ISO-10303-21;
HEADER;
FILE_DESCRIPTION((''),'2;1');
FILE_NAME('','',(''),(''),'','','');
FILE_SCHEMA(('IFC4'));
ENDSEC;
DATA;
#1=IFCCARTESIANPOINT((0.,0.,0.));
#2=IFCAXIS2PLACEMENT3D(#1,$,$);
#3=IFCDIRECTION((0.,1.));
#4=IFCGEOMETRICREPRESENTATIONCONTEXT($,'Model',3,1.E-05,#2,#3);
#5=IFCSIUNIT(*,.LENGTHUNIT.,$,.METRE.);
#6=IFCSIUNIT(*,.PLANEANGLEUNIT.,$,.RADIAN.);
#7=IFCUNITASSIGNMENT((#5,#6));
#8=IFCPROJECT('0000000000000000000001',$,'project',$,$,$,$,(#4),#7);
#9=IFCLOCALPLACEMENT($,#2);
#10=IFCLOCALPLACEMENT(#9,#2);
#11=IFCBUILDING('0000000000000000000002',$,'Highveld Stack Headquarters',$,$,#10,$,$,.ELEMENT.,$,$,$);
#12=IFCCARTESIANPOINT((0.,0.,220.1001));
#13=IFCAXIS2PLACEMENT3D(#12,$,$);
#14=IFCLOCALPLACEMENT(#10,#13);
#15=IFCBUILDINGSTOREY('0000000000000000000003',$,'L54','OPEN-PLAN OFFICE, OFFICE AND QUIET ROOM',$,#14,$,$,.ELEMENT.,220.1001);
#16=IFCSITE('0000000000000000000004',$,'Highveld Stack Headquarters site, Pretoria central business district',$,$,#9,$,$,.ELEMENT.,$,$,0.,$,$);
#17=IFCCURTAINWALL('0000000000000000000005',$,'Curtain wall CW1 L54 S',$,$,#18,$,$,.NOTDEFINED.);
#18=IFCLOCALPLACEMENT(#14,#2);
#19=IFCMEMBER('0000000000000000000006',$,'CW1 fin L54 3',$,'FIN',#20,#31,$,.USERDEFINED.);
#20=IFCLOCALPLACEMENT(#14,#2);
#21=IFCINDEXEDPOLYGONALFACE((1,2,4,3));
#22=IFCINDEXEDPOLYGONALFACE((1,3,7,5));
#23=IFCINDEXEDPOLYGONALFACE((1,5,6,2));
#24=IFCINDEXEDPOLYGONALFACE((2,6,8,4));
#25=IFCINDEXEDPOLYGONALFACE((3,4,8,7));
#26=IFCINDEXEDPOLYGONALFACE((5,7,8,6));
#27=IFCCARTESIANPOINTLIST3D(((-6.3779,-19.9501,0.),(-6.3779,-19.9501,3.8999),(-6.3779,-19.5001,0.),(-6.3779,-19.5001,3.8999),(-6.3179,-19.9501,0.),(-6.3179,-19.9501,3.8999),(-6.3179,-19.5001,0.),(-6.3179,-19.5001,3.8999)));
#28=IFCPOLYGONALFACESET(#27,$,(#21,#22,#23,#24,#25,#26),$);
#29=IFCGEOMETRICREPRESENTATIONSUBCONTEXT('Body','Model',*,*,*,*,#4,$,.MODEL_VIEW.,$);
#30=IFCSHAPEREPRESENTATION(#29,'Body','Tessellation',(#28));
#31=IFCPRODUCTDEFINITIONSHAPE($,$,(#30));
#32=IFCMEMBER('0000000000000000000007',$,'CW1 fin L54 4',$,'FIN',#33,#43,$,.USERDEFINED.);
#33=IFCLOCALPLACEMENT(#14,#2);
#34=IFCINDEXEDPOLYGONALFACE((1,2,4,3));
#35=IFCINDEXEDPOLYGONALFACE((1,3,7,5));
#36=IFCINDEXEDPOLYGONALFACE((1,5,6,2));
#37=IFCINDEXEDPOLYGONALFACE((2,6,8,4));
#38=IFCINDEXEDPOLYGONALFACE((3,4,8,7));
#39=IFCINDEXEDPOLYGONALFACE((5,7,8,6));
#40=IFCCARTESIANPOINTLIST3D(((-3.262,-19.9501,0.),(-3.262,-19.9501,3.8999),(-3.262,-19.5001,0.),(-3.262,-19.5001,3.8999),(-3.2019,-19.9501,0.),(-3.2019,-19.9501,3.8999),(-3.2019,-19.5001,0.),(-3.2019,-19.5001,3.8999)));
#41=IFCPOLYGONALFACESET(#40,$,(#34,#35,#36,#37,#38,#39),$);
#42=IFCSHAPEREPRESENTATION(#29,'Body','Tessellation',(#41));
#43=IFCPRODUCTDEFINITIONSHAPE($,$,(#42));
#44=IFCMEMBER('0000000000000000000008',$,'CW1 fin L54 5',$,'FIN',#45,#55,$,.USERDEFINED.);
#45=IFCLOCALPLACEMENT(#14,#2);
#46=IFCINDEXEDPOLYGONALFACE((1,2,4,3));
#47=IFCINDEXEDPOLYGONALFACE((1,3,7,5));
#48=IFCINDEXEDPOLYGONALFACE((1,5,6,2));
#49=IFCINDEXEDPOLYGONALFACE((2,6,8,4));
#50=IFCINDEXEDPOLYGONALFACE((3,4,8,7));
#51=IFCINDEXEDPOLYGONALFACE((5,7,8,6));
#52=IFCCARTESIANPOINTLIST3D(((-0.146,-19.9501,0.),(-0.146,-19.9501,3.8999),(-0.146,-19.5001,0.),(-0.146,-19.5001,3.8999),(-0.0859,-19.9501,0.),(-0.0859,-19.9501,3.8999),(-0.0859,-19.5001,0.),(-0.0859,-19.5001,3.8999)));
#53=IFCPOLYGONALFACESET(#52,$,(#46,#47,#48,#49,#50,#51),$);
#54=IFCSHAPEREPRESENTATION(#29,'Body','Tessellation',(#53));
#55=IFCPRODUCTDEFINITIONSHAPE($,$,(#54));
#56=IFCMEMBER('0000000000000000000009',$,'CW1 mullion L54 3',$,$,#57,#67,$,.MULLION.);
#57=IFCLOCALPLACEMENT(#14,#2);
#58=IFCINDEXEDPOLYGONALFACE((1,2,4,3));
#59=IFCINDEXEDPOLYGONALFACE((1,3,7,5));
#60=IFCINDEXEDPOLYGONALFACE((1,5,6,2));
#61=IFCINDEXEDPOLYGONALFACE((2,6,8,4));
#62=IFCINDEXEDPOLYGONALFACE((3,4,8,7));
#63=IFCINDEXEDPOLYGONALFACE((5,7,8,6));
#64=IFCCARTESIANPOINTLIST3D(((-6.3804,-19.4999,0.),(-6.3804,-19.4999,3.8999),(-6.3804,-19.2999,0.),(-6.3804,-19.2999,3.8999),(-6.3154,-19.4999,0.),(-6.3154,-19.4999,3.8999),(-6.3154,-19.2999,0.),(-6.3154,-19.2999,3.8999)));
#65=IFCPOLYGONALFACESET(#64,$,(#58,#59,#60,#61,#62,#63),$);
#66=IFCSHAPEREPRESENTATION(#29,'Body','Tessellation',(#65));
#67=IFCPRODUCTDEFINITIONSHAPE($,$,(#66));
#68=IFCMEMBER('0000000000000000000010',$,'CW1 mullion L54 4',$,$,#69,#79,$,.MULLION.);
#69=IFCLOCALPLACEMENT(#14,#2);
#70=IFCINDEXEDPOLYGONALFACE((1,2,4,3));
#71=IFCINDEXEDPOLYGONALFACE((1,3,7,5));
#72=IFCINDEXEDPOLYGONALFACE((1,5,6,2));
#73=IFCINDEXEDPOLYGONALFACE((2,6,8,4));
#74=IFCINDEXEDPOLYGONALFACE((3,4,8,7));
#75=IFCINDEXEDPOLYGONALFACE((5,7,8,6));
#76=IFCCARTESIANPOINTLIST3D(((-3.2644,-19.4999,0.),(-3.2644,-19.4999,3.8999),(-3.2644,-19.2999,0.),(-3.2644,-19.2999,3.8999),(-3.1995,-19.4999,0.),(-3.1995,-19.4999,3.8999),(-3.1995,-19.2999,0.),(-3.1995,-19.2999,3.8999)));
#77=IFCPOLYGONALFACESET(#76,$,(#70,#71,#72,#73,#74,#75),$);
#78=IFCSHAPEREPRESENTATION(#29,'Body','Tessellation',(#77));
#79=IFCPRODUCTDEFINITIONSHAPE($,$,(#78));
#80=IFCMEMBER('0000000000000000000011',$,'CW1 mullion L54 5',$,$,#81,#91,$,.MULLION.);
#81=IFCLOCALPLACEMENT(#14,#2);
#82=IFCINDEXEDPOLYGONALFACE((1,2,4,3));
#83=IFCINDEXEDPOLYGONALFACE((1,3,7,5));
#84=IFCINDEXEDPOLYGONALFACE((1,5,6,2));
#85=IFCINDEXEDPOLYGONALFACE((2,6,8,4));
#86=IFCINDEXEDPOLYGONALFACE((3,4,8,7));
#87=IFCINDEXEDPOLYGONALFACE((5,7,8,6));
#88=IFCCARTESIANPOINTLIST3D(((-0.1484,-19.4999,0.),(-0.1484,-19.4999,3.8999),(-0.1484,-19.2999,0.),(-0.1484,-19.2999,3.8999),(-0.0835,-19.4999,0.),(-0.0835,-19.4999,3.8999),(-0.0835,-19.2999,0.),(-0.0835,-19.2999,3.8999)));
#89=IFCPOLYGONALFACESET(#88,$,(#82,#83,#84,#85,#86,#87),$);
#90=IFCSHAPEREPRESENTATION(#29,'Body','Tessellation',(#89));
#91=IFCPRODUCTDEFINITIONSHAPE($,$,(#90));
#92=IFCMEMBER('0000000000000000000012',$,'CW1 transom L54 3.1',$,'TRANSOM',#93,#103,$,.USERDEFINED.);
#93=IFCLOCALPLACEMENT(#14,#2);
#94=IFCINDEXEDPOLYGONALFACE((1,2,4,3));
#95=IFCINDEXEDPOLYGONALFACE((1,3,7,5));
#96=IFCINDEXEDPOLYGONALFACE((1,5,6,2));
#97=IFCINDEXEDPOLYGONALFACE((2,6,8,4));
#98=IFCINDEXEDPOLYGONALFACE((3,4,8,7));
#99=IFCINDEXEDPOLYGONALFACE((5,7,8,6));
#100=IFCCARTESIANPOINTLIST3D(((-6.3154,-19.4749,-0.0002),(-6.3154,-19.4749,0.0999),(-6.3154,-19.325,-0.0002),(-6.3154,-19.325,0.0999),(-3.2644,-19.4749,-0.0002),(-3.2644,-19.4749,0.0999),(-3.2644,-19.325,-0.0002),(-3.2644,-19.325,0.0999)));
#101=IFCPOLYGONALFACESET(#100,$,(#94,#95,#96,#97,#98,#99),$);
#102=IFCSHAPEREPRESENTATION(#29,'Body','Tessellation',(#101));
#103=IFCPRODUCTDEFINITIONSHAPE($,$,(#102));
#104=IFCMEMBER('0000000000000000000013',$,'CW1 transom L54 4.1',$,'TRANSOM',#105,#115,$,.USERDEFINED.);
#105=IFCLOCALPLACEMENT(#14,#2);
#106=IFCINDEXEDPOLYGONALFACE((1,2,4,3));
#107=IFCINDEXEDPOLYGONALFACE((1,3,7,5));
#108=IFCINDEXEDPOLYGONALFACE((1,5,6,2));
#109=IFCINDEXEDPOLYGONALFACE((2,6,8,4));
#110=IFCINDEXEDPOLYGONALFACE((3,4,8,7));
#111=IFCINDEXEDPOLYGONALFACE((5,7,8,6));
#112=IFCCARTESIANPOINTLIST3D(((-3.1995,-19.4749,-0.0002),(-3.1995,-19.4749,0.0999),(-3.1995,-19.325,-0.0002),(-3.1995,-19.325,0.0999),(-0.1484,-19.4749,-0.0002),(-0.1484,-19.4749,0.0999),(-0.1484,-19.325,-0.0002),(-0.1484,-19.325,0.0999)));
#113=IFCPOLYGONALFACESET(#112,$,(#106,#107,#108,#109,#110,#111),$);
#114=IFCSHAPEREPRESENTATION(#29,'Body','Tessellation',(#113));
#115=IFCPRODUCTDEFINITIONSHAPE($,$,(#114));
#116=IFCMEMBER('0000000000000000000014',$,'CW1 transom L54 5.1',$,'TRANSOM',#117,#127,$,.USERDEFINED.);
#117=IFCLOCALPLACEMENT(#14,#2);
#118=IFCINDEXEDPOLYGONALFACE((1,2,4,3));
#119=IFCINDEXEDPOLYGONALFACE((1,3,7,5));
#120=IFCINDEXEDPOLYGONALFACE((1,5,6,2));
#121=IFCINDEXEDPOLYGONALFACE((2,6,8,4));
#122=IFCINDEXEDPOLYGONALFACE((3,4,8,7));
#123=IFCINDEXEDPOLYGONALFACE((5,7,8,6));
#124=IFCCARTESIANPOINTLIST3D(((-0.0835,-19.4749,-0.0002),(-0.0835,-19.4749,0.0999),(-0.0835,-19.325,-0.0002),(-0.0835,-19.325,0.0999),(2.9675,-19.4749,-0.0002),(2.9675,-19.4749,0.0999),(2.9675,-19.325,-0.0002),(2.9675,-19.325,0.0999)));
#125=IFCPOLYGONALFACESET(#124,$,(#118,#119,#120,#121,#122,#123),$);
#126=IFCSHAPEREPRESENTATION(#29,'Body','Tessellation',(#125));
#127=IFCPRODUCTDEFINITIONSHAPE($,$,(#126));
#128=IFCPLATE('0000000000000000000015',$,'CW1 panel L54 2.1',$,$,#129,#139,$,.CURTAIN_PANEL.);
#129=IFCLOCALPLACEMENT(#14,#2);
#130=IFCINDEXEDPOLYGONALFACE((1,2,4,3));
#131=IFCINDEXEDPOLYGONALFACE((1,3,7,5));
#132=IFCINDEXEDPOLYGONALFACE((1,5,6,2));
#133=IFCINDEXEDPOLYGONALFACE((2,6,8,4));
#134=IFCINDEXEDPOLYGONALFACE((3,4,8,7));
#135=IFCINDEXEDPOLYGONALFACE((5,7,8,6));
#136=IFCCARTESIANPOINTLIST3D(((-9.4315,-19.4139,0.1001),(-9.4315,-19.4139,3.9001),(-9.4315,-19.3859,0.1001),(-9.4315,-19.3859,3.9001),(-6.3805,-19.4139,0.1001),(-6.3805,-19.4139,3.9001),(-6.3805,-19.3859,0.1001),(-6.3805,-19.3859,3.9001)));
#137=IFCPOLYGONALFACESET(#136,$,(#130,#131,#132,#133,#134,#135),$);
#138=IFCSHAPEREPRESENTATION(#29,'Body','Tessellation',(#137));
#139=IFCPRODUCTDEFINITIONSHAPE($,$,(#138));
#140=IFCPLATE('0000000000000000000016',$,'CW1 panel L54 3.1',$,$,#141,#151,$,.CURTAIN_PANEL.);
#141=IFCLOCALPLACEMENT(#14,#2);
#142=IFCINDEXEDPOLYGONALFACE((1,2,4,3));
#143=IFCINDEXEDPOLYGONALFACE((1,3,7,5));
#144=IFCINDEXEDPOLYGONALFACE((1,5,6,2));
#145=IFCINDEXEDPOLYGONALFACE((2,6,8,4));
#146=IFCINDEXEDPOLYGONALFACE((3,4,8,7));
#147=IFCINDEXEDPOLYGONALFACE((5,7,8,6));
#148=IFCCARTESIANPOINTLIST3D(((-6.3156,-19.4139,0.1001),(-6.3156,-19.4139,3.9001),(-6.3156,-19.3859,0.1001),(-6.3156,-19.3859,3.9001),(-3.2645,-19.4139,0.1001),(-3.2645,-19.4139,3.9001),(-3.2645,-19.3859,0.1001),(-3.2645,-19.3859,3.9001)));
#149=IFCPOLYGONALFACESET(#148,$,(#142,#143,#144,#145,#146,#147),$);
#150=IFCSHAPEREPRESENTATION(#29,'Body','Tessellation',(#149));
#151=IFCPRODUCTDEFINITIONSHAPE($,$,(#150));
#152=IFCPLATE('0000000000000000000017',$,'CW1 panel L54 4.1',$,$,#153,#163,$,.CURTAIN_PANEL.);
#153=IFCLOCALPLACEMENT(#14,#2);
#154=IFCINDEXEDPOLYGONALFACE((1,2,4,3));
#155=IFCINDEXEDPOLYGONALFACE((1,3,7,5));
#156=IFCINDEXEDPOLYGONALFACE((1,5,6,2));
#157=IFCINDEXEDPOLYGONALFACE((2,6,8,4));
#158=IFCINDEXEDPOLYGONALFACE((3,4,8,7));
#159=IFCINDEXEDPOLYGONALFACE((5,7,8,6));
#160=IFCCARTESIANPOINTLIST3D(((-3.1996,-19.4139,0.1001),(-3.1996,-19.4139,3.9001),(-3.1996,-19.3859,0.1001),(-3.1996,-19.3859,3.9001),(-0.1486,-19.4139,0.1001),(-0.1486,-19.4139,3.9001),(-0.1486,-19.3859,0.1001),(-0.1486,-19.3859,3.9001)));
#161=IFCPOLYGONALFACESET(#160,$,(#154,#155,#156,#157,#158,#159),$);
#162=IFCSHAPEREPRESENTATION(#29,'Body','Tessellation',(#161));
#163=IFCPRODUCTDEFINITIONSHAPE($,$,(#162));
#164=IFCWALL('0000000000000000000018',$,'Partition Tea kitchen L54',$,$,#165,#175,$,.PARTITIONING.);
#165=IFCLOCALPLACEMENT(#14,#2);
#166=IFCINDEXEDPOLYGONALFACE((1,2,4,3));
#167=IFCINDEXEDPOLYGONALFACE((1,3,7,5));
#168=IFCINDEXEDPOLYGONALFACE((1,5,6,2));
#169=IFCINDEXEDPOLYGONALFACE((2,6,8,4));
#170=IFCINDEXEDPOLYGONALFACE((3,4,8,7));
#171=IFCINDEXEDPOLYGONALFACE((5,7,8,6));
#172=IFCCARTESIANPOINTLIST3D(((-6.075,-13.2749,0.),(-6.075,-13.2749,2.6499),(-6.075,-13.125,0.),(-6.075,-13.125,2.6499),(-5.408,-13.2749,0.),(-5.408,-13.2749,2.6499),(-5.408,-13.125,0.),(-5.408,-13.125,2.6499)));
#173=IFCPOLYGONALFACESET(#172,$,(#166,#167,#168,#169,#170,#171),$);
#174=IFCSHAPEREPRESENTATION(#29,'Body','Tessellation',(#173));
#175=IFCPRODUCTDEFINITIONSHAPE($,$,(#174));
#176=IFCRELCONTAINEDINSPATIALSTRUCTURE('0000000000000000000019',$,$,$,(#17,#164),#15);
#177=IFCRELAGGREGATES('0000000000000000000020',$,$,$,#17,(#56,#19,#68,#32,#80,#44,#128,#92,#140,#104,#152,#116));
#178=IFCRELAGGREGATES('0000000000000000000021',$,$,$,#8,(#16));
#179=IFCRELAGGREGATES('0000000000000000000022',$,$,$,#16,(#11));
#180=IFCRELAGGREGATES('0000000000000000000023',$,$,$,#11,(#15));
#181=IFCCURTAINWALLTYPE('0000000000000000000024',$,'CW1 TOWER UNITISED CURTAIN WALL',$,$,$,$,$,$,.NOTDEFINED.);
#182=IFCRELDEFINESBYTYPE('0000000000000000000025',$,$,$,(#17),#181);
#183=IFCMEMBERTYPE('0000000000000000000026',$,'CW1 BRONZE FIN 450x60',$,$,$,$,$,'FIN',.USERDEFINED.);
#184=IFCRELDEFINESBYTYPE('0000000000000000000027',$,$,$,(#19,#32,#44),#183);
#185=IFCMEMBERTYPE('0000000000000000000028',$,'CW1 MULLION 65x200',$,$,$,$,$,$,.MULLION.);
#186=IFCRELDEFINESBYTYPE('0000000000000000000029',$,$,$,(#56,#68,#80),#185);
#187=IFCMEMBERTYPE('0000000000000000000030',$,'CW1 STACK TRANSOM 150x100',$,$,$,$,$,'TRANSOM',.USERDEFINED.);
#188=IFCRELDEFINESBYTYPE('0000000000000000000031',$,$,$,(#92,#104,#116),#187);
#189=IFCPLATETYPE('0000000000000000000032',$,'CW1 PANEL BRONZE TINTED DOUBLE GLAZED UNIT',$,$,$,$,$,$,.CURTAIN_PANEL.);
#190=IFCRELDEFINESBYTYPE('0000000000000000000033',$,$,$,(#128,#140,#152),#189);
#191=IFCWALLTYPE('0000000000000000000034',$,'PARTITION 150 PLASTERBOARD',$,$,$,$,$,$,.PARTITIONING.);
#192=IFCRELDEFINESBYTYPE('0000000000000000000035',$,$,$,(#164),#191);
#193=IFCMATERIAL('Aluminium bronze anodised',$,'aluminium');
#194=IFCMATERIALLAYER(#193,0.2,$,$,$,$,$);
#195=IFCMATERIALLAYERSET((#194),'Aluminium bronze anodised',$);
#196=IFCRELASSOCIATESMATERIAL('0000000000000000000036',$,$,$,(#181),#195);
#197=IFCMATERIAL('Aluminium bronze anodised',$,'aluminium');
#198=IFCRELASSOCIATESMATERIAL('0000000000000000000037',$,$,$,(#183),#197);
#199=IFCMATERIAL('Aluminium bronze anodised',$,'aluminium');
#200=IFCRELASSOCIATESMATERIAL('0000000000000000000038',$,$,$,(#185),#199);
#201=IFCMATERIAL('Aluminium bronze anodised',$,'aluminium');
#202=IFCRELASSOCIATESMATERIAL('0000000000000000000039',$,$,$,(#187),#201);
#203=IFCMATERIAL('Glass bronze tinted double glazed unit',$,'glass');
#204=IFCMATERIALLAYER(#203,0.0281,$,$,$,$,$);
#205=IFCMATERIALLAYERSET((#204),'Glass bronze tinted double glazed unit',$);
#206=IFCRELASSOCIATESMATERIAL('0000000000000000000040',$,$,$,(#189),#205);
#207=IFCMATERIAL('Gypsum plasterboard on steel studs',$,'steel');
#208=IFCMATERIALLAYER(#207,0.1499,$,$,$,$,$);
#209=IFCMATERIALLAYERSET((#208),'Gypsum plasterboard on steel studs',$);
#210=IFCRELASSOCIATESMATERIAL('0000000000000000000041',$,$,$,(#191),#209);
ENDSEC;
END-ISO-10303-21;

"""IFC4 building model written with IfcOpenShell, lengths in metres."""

from ifc_helpers import new_model, si_unit, direction, frame, frame_2d, origin, origin_2d, place, context, subcontext, project, spatial, rectangle, extrude, material, layer, layer_set, material_profile, profile_set, type_object, element, aggregate, save


model = new_model("IFC4")

# Units and contexts
model_context = context("Model", 3, precision=1e-05, world=origin(), true_north=direction((0.0, 1.0)))
body_context = subcontext(model_context, "Body", "Model", "MODEL_VIEW")
ifc_project = project(units=[si_unit("LENGTHUNIT", "METRE"), si_unit("PLANEANGLEUNIT", "RADIAN")], contexts=[model_context])

# Site, building, storey
site_placement = place(None, origin())
site = spatial("IfcSite", under=ifc_project, at=site_placement, Name="Highveld Stack Headquarters site, Pretoria central business district", CompositionType="ELEMENT", RefElevation=0.0)
building_placement = place(site_placement, origin())
building = spatial("IfcBuilding", under=site, at=building_placement, Name="Highveld Stack Headquarters", CompositionType="ELEMENT")
storey_placement = place(building_placement, frame((0.0, 0.0, 220.1001)))
storey = spatial("IfcBuildingStorey", under=building, at=storey_placement, Name="L54", Description="OPEN-PLAN OFFICE, OFFICE AND QUIET ROOM", CompositionType="ELEMENT", Elevation=220.1001)

# Curtain wall, members, plates
ifc_material_1 = material(Name="Aluminium bronze anodised", Category="aluminium")
ifc_layer_1 = layer(ifc_material_1, 0.2)
ifc_layer_set_1 = layer_set([ifc_layer_1], Name="Aluminium bronze anodised")
curtain_wall_type = type_object("IfcCurtainWallType", Name="CW1 TOWER UNITISED CURTAIN WALL", PredefinedType="NOTDEFINED", material=ifc_layer_set_1)
curtain_wall_placement = place(storey_placement, origin())
curtain_wall = element("IfcCurtainWall", 1, at=curtain_wall_placement, inside=storey, type_object=curtain_wall_type, Name="Curtain wall CW1 L54 S", PredefinedType="NOTDEFINED")
ifc_material_2 = material(Name="Aluminium bronze anodised", Category="aluminium")
ifc_material_profile_1 = material_profile(ifc_material_2, rectangle(XDim=0.45, YDim=0.0601, at=origin_2d()), Name="FIN 450x60")
ifc_profile_set_1 = profile_set([ifc_material_profile_1], Name="Aluminium bronze anodised")
member_type_1 = type_object("IfcMemberType", Name="CW1 BRONZE FIN 450x60", ElementType="FIN", PredefinedType="USERDEFINED", material=ifc_profile_set_1)
member_1_placement = place(storey_placement, frame((-6.3479, -19.7251, 0.0), z_axis=(0.0, 0.0, 1.0), x_axis=(0.0, 1.0, 0.0)))
member_1 = element("IfcMember", 2, at=member_1_placement, type_object=member_type_1, Name="CW1 fin L54 3", ObjectType="FIN", PredefinedType="USERDEFINED", context=body_context, shape_type="SweptSolid", body=[
    extrude(rectangle(XDim=0.45, YDim=0.0601, at=origin_2d()), origin(), (0.0, 0.0, 1.0), 3.8999),
])
member_2_placement = place(storey_placement, frame((-3.2319, -19.7251, 0.0), z_axis=(0.0, 0.0, 1.0), x_axis=(0.0, 1.0, 0.0)))
member_2 = element("IfcMember", 3, at=member_2_placement, type_object=member_type_1, Name="CW1 fin L54 4", ObjectType="FIN", PredefinedType="USERDEFINED", context=body_context, shape_type="SweptSolid", body=[
    extrude(rectangle(XDim=0.45, YDim=0.0601, at=origin_2d()), origin(), (0.0, 0.0, 1.0), 3.8999),
])
member_3_placement = place(storey_placement, frame((-0.116, -19.7251, 0.0), z_axis=(0.0, 0.0, 1.0), x_axis=(0.0, 1.0, 0.0)))
member_3 = element("IfcMember", 4, at=member_3_placement, type_object=member_type_1, Name="CW1 fin L54 5", ObjectType="FIN", PredefinedType="USERDEFINED", context=body_context, shape_type="SweptSolid", body=[
    extrude(rectangle(XDim=0.45, YDim=0.0601, at=origin_2d()), origin(), (0.0, 0.0, 1.0), 3.8999),
])
ifc_material_3 = material(Name="Aluminium bronze anodised", Category="aluminium")
ifc_material_profile_2 = material_profile(ifc_material_3, rectangle(XDim=0.2, YDim=0.0649, at=origin_2d()), Name="CW1 MULLION 65x200")
ifc_profile_set_2 = profile_set([ifc_material_profile_2], Name="Aluminium bronze anodised")
member_type_2 = type_object("IfcMemberType", Name="CW1 MULLION 65x200", PredefinedType="MULLION", material=ifc_profile_set_2)
member_4_placement = place(storey_placement, frame((-6.3479, -19.3999, 0.0), z_axis=(0.0, 0.0, 1.0), x_axis=(0.0, 1.0, 0.0)))
member_4 = element("IfcMember", 5, at=member_4_placement, type_object=member_type_2, Name="CW1 mullion L54 3", PredefinedType="MULLION", context=body_context, shape_type="SweptSolid", body=[
    extrude(rectangle(XDim=0.2, YDim=0.0649, at=origin_2d()), origin(), (0.0, 0.0, 1.0), 3.8999),
])
member_5_placement = place(storey_placement, frame((-3.2319, -19.3999, 0.0), z_axis=(0.0, 0.0, 1.0), x_axis=(0.0, 1.0, 0.0)))
member_5 = element("IfcMember", 6, at=member_5_placement, type_object=member_type_2, Name="CW1 mullion L54 4", PredefinedType="MULLION", context=body_context, shape_type="SweptSolid", body=[
    extrude(rectangle(XDim=0.2, YDim=0.0649, at=origin_2d()), origin(), (0.0, 0.0, 1.0), 3.8999),
])
member_6_placement = place(storey_placement, frame((-0.116, -19.3999, 0.0), z_axis=(0.0, 0.0, 1.0), x_axis=(0.0, 1.0, 0.0)))
member_6 = element("IfcMember", 7, at=member_6_placement, type_object=member_type_2, Name="CW1 mullion L54 5", PredefinedType="MULLION", context=body_context, shape_type="SweptSolid", body=[
    extrude(rectangle(XDim=0.2, YDim=0.0649, at=origin_2d()), origin(), (0.0, 0.0, 1.0), 3.8999),
])
ifc_material_4 = material(Name="Aluminium bronze anodised", Category="aluminium")
ifc_material_profile_3 = material_profile(ifc_material_4, rectangle(XDim=0.1499, YDim=0.1001, at=origin_2d()), Name="CW1 TRANSOM 150x100")
ifc_profile_set_3 = profile_set([ifc_material_profile_3], Name="Aluminium bronze anodised")
member_type_3 = type_object("IfcMemberType", Name="CW1 STACK TRANSOM 150x100", ElementType="TRANSOM", PredefinedType="USERDEFINED", material=ifc_profile_set_3)
member_7_placement = place(storey_placement, frame((-6.3154, -19.3999, 0.0498), z_axis=(1.0, 0.0, 0.0), x_axis=(0.0, 1.0, 0.0)))
member_7 = element("IfcMember", 8, at=member_7_placement, type_object=member_type_3, Name="CW1 transom L54 3.1", ObjectType="TRANSOM", PredefinedType="USERDEFINED", context=body_context, shape_type="SweptSolid", body=[
    extrude(rectangle(XDim=0.1499, YDim=0.1001, at=origin_2d()), origin(), (0.0, 0.0, 1.0), 3.051),
])
member_8_placement = place(storey_placement, frame((-3.1995, -19.3999, 0.0498), z_axis=(1.0, 0.0, 0.0), x_axis=(0.0, 1.0, 0.0)))
member_8 = element("IfcMember", 9, at=member_8_placement, type_object=member_type_3, Name="CW1 transom L54 4.1", ObjectType="TRANSOM", PredefinedType="USERDEFINED", context=body_context, shape_type="SweptSolid", body=[
    extrude(rectangle(XDim=0.1499, YDim=0.1001, at=origin_2d()), origin(), (0.0, 0.0, 1.0), 3.051),
])
member_9_placement = place(storey_placement, frame((-0.0835, -19.3999, 0.0498), z_axis=(1.0, 0.0, 0.0), x_axis=(0.0, 1.0, 0.0)))
member_9 = element("IfcMember", 10, at=member_9_placement, type_object=member_type_3, Name="CW1 transom L54 5.1", ObjectType="TRANSOM", PredefinedType="USERDEFINED", context=body_context, shape_type="SweptSolid", body=[
    extrude(rectangle(XDim=0.1499, YDim=0.1001, at=origin_2d()), origin(), (0.0, 0.0, 1.0), 3.051),
])
ifc_material_5 = material(Name="Glass bronze tinted double glazed unit", Category="glass")
ifc_layer_2 = layer(ifc_material_5, 0.0281)
ifc_layer_set_2 = layer_set([ifc_layer_2], Name="Glass bronze tinted double glazed unit")
plate_type = type_object("IfcPlateType", Name="CW1 PANEL BRONZE TINTED DOUBLE GLAZED UNIT", PredefinedType="CURTAIN_PANEL", material=ifc_layer_set_2)
plate_1_placement = place(storey_placement, frame((-7.906, -19.3999, 0.1001), z_axis=(0.0, 0.0, 1.0), x_axis=(1.0, 0.0, 0.0)))
plate_1 = element("IfcPlate", 11, at=plate_1_placement, type_object=plate_type, Name="CW1 panel L54 2.1", PredefinedType="CURTAIN_PANEL", context=body_context, shape_type="SweptSolid", body=[
    extrude(rectangle(XDim=3.051, YDim=0.0281, at=origin_2d()), origin(), (0.0, 0.0, 1.0), 3.8),
])
plate_2_placement = place(storey_placement, frame((-4.79, -19.3999, 0.1001), z_axis=(0.0, 0.0, 1.0), x_axis=(1.0, 0.0, 0.0)))
plate_2 = element("IfcPlate", 12, at=plate_2_placement, type_object=plate_type, Name="CW1 panel L54 3.1", PredefinedType="CURTAIN_PANEL", context=body_context, shape_type="SweptSolid", body=[
    extrude(rectangle(XDim=3.051, YDim=0.0281, at=origin_2d()), origin(), (0.0, 0.0, 1.0), 3.8),
])
plate_3_placement = place(storey_placement, frame((-1.6741, -19.3999, 0.1001), z_axis=(0.0, 0.0, 1.0), x_axis=(1.0, 0.0, 0.0)))
plate_3 = element("IfcPlate", 13, at=plate_3_placement, type_object=plate_type, Name="CW1 panel L54 4.1", PredefinedType="CURTAIN_PANEL", context=body_context, shape_type="SweptSolid", body=[
    extrude(rectangle(XDim=3.051, YDim=0.0281, at=origin_2d()), origin(), (0.0, 0.0, 1.0), 3.8),
])
aggregate(curtain_wall, [member_4, member_1, member_5, member_2, member_6, member_3, plate_1, member_7, plate_2, member_8, plate_3, member_9])

# Wall
ifc_material_6 = material(Name="Gypsum plasterboard on steel studs", Category="steel")
ifc_layer_3 = layer(ifc_material_6, 0.1499)
ifc_layer_set_3 = layer_set([ifc_layer_3], Name="Gypsum plasterboard on steel studs")
wall_type = type_object("IfcWallType", Name="PARTITION 150 PLASTERBOARD", PredefinedType="PARTITIONING", material=ifc_layer_set_3)
wall_1_placement = place(storey_placement, frame((-6.075, -13.2, 0.0), z_axis=(0.0, 0.0, 1.0), x_axis=(1.0, 0.0, 0.0)))
element("IfcWall", 14, at=wall_1_placement, inside=storey, type_object=wall_type, Name="Partition Tea kitchen L54", PredefinedType="PARTITIONING", context=body_context, shape_type="SweptSolid", body=[
    extrude(rectangle(XDim=0.667, YDim=0.1499, at=frame_2d((0.3335, 0.0))), origin(), (0.0, 0.0, 1.0), 2.6499),
])

save(model, "model.ifc")
